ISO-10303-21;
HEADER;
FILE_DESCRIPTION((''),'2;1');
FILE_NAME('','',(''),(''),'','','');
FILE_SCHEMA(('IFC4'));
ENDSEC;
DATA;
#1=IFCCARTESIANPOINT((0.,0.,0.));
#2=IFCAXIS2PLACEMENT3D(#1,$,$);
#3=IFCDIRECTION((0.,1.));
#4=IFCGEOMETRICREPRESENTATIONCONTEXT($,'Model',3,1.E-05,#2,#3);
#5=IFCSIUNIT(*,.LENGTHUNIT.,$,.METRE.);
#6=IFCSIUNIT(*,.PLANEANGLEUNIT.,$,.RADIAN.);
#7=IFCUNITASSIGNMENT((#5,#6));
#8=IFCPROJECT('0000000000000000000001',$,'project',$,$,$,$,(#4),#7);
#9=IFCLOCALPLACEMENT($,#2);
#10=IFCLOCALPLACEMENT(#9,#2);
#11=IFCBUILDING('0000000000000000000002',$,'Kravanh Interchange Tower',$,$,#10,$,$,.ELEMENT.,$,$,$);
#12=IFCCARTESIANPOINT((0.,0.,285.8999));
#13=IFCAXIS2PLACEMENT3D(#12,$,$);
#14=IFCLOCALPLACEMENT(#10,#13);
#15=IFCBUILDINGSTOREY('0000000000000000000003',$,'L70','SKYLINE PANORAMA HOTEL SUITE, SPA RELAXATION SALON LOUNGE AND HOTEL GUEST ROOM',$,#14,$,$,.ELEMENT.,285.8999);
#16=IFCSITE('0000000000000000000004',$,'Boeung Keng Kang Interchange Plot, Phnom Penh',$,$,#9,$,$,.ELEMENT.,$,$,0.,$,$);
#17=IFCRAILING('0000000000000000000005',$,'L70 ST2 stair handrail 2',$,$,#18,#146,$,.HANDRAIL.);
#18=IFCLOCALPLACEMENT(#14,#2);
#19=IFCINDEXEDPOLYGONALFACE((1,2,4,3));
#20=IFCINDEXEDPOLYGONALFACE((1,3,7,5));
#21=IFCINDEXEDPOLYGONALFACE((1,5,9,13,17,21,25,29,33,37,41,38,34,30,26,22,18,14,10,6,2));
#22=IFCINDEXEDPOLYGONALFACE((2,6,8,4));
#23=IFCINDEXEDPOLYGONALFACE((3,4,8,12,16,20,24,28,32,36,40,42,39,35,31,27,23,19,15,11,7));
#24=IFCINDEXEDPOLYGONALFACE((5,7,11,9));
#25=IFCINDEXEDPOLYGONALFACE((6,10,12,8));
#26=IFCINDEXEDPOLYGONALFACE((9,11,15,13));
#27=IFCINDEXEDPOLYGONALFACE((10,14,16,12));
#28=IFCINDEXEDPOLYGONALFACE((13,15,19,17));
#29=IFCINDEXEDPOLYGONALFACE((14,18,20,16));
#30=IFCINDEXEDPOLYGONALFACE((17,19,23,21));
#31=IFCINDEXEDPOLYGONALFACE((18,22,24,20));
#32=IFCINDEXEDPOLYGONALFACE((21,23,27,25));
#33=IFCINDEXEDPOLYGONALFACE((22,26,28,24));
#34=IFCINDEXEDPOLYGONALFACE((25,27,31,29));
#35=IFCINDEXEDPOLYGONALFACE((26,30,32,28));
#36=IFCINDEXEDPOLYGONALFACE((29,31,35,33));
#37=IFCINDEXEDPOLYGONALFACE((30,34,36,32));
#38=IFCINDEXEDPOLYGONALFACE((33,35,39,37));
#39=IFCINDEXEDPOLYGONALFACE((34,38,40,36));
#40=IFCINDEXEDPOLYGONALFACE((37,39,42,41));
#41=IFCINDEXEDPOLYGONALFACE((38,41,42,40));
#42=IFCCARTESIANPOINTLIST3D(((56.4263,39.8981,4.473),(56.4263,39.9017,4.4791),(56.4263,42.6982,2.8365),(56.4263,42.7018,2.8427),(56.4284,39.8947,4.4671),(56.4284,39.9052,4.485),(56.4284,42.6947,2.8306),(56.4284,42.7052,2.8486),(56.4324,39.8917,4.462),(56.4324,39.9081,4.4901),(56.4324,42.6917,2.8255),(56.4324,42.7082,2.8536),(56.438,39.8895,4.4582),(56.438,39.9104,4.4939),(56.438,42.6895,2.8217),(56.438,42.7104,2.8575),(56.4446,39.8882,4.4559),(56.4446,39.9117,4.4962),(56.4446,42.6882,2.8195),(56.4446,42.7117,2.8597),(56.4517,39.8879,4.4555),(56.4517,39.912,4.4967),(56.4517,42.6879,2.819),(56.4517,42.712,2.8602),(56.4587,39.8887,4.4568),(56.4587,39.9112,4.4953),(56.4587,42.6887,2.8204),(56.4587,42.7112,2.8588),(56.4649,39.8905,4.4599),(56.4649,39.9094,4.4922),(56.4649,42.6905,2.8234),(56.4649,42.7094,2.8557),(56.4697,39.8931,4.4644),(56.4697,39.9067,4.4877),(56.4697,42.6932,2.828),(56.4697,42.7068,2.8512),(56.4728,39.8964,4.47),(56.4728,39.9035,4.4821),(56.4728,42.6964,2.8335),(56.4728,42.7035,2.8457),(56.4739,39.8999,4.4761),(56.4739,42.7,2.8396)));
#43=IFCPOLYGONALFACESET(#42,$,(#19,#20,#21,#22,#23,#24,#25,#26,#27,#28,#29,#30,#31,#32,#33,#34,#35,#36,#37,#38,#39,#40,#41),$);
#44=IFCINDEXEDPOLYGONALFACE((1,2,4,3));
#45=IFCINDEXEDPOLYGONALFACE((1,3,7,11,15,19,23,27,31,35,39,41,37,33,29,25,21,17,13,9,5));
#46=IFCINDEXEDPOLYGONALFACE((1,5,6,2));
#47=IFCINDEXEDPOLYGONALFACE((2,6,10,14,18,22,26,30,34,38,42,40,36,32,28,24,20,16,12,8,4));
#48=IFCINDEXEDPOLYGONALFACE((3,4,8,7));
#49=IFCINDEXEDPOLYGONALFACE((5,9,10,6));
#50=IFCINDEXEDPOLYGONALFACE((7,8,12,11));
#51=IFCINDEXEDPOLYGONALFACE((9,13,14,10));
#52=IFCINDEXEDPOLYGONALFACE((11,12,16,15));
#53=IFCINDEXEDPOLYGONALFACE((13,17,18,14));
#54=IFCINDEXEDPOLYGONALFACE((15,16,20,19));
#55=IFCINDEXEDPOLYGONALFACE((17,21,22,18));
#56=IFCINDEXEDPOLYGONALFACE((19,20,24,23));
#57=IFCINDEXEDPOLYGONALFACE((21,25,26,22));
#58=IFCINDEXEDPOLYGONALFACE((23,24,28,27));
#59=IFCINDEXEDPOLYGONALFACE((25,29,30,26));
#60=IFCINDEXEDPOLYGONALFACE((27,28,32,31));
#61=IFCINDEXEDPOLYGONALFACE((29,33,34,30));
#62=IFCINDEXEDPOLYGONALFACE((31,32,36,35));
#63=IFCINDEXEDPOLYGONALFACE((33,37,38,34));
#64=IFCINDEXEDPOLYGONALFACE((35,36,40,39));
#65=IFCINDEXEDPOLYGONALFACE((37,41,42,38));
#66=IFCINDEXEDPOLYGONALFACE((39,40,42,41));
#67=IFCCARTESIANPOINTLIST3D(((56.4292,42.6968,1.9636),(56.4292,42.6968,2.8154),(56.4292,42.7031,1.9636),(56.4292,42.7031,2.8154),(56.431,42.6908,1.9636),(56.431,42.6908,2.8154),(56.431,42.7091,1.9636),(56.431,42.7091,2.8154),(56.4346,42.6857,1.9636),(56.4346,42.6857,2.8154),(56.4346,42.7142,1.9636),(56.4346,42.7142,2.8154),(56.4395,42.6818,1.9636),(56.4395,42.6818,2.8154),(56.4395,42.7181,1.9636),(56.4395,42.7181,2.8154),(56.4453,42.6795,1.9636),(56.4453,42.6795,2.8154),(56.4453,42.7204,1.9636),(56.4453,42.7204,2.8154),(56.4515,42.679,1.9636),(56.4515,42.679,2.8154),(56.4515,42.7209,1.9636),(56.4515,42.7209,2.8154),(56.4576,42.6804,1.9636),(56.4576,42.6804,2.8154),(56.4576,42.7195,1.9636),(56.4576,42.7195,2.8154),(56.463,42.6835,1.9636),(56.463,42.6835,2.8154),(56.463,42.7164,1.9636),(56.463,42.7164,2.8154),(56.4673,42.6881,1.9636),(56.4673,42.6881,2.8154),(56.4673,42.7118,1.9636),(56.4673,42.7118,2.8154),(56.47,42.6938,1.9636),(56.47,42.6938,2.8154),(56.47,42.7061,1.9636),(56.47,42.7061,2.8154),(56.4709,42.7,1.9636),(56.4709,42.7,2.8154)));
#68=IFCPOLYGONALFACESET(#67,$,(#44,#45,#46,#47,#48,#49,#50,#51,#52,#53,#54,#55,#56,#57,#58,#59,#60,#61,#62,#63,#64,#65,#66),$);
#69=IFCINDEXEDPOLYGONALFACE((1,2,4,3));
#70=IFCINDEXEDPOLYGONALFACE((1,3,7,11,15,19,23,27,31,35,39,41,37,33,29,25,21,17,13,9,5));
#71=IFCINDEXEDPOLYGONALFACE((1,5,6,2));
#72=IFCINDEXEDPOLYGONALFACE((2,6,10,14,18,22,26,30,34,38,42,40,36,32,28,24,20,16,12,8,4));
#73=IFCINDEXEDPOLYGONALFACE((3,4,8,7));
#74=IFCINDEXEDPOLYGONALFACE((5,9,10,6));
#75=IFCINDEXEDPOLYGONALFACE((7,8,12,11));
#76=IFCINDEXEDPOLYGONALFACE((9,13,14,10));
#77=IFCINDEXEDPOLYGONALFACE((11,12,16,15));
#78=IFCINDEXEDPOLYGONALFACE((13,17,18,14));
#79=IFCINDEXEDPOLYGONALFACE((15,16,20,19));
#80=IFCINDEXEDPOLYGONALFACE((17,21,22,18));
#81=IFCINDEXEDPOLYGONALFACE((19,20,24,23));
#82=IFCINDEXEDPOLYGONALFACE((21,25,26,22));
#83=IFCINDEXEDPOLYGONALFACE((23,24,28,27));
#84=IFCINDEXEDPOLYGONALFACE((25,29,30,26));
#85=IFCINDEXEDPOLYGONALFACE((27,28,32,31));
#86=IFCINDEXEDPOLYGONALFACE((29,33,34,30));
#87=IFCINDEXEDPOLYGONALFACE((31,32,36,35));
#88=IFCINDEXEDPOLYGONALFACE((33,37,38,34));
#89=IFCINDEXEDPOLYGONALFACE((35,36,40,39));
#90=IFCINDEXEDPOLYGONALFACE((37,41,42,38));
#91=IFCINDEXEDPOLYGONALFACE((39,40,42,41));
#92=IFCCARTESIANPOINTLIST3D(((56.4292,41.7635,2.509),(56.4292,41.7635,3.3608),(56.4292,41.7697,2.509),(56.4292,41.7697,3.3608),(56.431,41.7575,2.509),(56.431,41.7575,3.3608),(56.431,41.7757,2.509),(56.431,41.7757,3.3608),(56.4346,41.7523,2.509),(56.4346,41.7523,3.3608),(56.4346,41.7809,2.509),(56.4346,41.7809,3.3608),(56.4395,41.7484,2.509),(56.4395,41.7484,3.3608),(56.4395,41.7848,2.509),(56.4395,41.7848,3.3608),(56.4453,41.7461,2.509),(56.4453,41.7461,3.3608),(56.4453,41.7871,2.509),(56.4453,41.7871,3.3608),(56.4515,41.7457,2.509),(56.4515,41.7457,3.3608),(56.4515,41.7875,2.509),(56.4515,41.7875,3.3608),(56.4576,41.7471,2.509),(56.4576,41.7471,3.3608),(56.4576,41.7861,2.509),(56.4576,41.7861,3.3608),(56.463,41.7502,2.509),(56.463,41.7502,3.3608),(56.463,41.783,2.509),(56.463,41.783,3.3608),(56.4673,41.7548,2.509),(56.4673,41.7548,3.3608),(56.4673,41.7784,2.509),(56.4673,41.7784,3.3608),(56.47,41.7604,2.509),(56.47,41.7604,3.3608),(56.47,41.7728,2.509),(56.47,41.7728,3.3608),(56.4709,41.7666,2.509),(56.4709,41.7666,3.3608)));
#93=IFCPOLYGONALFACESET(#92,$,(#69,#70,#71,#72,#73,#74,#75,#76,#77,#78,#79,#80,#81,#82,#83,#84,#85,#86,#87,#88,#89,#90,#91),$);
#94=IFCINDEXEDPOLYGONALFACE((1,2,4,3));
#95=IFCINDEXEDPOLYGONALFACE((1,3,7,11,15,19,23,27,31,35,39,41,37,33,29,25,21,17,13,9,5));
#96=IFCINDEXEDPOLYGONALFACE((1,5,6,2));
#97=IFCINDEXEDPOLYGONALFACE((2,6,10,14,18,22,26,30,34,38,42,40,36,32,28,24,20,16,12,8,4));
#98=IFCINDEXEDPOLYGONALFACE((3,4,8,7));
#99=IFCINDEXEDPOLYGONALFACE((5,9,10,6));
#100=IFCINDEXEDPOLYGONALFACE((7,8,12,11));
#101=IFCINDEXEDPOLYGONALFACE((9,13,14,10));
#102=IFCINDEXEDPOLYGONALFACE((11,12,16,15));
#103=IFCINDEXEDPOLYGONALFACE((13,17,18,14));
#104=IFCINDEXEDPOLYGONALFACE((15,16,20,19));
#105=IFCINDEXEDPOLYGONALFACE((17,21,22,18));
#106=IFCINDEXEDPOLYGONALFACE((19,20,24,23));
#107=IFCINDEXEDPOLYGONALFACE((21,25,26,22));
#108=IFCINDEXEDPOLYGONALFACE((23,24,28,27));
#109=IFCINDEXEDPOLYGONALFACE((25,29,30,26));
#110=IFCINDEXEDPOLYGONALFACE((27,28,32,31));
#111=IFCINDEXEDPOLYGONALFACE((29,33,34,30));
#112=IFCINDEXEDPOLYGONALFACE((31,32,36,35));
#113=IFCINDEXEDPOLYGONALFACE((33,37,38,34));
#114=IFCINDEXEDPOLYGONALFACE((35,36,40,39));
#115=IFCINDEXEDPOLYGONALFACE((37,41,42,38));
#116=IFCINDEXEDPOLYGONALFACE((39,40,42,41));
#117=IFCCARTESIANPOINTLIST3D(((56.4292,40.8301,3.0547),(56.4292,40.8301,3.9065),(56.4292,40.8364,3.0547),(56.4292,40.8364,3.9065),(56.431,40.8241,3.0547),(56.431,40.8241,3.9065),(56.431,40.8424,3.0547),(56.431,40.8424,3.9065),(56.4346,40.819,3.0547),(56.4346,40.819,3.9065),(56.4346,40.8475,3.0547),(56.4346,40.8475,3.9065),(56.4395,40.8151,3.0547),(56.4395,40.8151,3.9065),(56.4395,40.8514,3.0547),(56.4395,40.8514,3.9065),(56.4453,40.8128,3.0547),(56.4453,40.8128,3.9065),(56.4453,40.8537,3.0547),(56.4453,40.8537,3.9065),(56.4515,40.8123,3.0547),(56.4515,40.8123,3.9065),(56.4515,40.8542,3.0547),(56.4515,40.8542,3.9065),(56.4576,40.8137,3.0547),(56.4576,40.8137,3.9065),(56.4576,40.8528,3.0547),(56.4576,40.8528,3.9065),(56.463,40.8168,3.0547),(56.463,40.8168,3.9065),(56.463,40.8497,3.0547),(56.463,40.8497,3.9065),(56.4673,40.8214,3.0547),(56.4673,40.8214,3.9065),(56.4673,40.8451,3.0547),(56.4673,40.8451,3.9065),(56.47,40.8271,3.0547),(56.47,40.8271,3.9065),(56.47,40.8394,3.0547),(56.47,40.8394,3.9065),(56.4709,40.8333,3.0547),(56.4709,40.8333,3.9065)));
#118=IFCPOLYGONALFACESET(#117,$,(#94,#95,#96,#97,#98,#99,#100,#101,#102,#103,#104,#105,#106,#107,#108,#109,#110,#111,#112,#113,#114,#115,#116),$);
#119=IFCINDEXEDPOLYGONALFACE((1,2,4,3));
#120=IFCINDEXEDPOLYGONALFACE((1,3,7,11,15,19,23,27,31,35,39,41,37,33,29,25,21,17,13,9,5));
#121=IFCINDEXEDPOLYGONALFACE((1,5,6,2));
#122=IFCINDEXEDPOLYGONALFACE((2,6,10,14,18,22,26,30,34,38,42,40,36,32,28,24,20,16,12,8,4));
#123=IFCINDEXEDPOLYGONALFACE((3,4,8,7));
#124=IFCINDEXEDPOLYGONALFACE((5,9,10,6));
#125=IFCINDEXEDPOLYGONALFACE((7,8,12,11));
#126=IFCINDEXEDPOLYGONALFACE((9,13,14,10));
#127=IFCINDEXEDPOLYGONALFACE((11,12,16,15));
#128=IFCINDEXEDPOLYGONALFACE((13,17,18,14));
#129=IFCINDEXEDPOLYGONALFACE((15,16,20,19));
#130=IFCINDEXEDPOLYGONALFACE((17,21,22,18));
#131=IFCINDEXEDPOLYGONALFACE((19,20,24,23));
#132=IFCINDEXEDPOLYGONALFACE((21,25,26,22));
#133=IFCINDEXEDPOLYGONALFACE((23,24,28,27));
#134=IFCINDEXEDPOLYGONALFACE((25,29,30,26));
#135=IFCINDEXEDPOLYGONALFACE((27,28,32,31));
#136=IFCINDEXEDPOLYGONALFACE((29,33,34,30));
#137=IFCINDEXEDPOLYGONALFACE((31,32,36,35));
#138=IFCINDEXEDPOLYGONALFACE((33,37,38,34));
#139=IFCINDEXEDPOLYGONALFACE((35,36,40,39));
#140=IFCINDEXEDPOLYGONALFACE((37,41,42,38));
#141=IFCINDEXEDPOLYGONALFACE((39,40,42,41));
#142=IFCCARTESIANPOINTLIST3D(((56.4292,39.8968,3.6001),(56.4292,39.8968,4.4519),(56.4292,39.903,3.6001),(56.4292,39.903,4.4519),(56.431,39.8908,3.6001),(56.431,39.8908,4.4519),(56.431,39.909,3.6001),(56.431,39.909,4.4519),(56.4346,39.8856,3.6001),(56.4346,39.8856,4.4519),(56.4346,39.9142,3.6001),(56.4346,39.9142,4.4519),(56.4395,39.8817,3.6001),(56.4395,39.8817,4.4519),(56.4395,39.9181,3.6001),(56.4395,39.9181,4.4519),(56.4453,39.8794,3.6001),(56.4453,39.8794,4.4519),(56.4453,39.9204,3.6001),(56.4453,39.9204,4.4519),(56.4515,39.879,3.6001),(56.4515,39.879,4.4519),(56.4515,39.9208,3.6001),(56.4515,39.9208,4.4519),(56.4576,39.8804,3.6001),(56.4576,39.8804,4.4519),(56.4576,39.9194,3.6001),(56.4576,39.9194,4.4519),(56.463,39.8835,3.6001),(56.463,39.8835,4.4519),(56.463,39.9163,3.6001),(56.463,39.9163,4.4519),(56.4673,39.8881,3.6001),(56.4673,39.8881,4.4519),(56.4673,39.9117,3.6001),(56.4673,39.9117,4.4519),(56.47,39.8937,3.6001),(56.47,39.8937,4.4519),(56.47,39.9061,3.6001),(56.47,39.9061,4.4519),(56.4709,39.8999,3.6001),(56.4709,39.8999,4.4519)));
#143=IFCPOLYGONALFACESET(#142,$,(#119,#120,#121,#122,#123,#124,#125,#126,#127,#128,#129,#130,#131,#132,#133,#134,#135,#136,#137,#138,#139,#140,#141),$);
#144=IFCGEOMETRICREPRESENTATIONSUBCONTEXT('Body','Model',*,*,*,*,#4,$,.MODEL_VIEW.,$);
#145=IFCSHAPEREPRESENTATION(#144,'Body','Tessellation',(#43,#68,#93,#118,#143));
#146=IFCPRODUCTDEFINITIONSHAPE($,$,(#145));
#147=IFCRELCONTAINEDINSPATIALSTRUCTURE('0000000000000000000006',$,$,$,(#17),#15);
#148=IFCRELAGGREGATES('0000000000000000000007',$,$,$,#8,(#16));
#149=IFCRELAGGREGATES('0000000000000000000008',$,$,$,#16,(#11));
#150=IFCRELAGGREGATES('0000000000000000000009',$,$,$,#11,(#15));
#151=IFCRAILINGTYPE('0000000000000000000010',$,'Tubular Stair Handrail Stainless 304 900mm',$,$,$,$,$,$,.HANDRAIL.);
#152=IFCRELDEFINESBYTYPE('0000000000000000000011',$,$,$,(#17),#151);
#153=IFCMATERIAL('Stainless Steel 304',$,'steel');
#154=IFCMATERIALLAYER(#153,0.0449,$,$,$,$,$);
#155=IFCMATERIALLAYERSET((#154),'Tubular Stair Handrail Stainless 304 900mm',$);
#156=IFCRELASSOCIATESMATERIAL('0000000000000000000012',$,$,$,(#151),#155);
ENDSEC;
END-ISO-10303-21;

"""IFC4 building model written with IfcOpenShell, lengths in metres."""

from ifc_helpers import new_model, si_unit, direction, frame, origin, origin_2d, place, context, subcontext, project, spatial, circle, extrude, material, layer, layer_set, type_object, element, save


model = new_model("IFC4")

# Units and contexts
model_context = context("Model", 3, precision=1e-05, world=origin(), true_north=direction((0.0, 1.0)))
body_context = subcontext(model_context, "Body", "Model", "MODEL_VIEW")
ifc_project = project(units=[si_unit("LENGTHUNIT", "METRE"), si_unit("PLANEANGLEUNIT", "RADIAN")], contexts=[model_context])

# Site, building, storey
site_placement = place(None, origin())
site = spatial("IfcSite", under=ifc_project, at=site_placement, Name="Boeung Keng Kang Interchange Plot, Phnom Penh", CompositionType="ELEMENT", RefElevation=0.0)
building_placement = place(site_placement, origin())
building = spatial("IfcBuilding", under=site, at=building_placement, Name="Kravanh Interchange Tower", CompositionType="ELEMENT")
storey_placement = place(building_placement, frame((0.0, 0.0, 285.8999)))
storey = spatial("IfcBuildingStorey", under=building, at=storey_placement, Name="L70", Description="SKYLINE PANORAMA HOTEL SUITE, SPA RELAXATION SALON LOUNGE AND HOTEL GUEST ROOM", CompositionType="ELEMENT", Elevation=285.8999)

# Railing
ifc_material_1 = material(Name="Stainless Steel 304", Category="steel")
ifc_layer_1 = layer(ifc_material_1, 0.0449)
ifc_layer_set_1 = layer_set([ifc_layer_1], Name="Tubular Stair Handrail Stainless 304 900mm")
railing_type_1 = type_object("IfcRailingType", Name="Tubular Stair Handrail Stainless 304 900mm", PredefinedType="HANDRAIL", material=ifc_layer_set_1)
railing_1_placement = place(storey_placement, frame((56.45, 42.7, 1.9636)))
element("IfcRailing", 1, at=railing_1_placement, inside=storey, type_object=railing_type_1, Name="L70 ST2 stair handrail 2", PredefinedType="HANDRAIL", context=body_context, shape_type="SweptSolid", body=[
    extrude(circle(Radius=0.0239, at=origin_2d()), frame((0.0, 0.0, 0.876), z_axis=(0.0, -0.863361, 0.504587), x_axis=(1.0, 0.0, 0.0)), (0.0, 0.0, 1.0), 3.2432),
    extrude(circle(Radius=0.021, at=origin_2d()), origin(), (0.0, 0.0, 1.0), 0.8518),
    extrude(circle(Radius=0.021, at=origin_2d()), frame((0.0, -0.9333, 0.5454)), (0.0, 0.0, 1.0), 0.8518),
    extrude(circle(Radius=0.021, at=origin_2d()), frame((0.0, -1.8667, 1.0911)), (0.0, 0.0, 1.0), 0.8518),
    extrude(circle(Radius=0.021, at=origin_2d()), frame((0.0, -2.8, 1.6365)), (0.0, 0.0, 1.0), 0.8518),
])

save(model, "model.ifc")
